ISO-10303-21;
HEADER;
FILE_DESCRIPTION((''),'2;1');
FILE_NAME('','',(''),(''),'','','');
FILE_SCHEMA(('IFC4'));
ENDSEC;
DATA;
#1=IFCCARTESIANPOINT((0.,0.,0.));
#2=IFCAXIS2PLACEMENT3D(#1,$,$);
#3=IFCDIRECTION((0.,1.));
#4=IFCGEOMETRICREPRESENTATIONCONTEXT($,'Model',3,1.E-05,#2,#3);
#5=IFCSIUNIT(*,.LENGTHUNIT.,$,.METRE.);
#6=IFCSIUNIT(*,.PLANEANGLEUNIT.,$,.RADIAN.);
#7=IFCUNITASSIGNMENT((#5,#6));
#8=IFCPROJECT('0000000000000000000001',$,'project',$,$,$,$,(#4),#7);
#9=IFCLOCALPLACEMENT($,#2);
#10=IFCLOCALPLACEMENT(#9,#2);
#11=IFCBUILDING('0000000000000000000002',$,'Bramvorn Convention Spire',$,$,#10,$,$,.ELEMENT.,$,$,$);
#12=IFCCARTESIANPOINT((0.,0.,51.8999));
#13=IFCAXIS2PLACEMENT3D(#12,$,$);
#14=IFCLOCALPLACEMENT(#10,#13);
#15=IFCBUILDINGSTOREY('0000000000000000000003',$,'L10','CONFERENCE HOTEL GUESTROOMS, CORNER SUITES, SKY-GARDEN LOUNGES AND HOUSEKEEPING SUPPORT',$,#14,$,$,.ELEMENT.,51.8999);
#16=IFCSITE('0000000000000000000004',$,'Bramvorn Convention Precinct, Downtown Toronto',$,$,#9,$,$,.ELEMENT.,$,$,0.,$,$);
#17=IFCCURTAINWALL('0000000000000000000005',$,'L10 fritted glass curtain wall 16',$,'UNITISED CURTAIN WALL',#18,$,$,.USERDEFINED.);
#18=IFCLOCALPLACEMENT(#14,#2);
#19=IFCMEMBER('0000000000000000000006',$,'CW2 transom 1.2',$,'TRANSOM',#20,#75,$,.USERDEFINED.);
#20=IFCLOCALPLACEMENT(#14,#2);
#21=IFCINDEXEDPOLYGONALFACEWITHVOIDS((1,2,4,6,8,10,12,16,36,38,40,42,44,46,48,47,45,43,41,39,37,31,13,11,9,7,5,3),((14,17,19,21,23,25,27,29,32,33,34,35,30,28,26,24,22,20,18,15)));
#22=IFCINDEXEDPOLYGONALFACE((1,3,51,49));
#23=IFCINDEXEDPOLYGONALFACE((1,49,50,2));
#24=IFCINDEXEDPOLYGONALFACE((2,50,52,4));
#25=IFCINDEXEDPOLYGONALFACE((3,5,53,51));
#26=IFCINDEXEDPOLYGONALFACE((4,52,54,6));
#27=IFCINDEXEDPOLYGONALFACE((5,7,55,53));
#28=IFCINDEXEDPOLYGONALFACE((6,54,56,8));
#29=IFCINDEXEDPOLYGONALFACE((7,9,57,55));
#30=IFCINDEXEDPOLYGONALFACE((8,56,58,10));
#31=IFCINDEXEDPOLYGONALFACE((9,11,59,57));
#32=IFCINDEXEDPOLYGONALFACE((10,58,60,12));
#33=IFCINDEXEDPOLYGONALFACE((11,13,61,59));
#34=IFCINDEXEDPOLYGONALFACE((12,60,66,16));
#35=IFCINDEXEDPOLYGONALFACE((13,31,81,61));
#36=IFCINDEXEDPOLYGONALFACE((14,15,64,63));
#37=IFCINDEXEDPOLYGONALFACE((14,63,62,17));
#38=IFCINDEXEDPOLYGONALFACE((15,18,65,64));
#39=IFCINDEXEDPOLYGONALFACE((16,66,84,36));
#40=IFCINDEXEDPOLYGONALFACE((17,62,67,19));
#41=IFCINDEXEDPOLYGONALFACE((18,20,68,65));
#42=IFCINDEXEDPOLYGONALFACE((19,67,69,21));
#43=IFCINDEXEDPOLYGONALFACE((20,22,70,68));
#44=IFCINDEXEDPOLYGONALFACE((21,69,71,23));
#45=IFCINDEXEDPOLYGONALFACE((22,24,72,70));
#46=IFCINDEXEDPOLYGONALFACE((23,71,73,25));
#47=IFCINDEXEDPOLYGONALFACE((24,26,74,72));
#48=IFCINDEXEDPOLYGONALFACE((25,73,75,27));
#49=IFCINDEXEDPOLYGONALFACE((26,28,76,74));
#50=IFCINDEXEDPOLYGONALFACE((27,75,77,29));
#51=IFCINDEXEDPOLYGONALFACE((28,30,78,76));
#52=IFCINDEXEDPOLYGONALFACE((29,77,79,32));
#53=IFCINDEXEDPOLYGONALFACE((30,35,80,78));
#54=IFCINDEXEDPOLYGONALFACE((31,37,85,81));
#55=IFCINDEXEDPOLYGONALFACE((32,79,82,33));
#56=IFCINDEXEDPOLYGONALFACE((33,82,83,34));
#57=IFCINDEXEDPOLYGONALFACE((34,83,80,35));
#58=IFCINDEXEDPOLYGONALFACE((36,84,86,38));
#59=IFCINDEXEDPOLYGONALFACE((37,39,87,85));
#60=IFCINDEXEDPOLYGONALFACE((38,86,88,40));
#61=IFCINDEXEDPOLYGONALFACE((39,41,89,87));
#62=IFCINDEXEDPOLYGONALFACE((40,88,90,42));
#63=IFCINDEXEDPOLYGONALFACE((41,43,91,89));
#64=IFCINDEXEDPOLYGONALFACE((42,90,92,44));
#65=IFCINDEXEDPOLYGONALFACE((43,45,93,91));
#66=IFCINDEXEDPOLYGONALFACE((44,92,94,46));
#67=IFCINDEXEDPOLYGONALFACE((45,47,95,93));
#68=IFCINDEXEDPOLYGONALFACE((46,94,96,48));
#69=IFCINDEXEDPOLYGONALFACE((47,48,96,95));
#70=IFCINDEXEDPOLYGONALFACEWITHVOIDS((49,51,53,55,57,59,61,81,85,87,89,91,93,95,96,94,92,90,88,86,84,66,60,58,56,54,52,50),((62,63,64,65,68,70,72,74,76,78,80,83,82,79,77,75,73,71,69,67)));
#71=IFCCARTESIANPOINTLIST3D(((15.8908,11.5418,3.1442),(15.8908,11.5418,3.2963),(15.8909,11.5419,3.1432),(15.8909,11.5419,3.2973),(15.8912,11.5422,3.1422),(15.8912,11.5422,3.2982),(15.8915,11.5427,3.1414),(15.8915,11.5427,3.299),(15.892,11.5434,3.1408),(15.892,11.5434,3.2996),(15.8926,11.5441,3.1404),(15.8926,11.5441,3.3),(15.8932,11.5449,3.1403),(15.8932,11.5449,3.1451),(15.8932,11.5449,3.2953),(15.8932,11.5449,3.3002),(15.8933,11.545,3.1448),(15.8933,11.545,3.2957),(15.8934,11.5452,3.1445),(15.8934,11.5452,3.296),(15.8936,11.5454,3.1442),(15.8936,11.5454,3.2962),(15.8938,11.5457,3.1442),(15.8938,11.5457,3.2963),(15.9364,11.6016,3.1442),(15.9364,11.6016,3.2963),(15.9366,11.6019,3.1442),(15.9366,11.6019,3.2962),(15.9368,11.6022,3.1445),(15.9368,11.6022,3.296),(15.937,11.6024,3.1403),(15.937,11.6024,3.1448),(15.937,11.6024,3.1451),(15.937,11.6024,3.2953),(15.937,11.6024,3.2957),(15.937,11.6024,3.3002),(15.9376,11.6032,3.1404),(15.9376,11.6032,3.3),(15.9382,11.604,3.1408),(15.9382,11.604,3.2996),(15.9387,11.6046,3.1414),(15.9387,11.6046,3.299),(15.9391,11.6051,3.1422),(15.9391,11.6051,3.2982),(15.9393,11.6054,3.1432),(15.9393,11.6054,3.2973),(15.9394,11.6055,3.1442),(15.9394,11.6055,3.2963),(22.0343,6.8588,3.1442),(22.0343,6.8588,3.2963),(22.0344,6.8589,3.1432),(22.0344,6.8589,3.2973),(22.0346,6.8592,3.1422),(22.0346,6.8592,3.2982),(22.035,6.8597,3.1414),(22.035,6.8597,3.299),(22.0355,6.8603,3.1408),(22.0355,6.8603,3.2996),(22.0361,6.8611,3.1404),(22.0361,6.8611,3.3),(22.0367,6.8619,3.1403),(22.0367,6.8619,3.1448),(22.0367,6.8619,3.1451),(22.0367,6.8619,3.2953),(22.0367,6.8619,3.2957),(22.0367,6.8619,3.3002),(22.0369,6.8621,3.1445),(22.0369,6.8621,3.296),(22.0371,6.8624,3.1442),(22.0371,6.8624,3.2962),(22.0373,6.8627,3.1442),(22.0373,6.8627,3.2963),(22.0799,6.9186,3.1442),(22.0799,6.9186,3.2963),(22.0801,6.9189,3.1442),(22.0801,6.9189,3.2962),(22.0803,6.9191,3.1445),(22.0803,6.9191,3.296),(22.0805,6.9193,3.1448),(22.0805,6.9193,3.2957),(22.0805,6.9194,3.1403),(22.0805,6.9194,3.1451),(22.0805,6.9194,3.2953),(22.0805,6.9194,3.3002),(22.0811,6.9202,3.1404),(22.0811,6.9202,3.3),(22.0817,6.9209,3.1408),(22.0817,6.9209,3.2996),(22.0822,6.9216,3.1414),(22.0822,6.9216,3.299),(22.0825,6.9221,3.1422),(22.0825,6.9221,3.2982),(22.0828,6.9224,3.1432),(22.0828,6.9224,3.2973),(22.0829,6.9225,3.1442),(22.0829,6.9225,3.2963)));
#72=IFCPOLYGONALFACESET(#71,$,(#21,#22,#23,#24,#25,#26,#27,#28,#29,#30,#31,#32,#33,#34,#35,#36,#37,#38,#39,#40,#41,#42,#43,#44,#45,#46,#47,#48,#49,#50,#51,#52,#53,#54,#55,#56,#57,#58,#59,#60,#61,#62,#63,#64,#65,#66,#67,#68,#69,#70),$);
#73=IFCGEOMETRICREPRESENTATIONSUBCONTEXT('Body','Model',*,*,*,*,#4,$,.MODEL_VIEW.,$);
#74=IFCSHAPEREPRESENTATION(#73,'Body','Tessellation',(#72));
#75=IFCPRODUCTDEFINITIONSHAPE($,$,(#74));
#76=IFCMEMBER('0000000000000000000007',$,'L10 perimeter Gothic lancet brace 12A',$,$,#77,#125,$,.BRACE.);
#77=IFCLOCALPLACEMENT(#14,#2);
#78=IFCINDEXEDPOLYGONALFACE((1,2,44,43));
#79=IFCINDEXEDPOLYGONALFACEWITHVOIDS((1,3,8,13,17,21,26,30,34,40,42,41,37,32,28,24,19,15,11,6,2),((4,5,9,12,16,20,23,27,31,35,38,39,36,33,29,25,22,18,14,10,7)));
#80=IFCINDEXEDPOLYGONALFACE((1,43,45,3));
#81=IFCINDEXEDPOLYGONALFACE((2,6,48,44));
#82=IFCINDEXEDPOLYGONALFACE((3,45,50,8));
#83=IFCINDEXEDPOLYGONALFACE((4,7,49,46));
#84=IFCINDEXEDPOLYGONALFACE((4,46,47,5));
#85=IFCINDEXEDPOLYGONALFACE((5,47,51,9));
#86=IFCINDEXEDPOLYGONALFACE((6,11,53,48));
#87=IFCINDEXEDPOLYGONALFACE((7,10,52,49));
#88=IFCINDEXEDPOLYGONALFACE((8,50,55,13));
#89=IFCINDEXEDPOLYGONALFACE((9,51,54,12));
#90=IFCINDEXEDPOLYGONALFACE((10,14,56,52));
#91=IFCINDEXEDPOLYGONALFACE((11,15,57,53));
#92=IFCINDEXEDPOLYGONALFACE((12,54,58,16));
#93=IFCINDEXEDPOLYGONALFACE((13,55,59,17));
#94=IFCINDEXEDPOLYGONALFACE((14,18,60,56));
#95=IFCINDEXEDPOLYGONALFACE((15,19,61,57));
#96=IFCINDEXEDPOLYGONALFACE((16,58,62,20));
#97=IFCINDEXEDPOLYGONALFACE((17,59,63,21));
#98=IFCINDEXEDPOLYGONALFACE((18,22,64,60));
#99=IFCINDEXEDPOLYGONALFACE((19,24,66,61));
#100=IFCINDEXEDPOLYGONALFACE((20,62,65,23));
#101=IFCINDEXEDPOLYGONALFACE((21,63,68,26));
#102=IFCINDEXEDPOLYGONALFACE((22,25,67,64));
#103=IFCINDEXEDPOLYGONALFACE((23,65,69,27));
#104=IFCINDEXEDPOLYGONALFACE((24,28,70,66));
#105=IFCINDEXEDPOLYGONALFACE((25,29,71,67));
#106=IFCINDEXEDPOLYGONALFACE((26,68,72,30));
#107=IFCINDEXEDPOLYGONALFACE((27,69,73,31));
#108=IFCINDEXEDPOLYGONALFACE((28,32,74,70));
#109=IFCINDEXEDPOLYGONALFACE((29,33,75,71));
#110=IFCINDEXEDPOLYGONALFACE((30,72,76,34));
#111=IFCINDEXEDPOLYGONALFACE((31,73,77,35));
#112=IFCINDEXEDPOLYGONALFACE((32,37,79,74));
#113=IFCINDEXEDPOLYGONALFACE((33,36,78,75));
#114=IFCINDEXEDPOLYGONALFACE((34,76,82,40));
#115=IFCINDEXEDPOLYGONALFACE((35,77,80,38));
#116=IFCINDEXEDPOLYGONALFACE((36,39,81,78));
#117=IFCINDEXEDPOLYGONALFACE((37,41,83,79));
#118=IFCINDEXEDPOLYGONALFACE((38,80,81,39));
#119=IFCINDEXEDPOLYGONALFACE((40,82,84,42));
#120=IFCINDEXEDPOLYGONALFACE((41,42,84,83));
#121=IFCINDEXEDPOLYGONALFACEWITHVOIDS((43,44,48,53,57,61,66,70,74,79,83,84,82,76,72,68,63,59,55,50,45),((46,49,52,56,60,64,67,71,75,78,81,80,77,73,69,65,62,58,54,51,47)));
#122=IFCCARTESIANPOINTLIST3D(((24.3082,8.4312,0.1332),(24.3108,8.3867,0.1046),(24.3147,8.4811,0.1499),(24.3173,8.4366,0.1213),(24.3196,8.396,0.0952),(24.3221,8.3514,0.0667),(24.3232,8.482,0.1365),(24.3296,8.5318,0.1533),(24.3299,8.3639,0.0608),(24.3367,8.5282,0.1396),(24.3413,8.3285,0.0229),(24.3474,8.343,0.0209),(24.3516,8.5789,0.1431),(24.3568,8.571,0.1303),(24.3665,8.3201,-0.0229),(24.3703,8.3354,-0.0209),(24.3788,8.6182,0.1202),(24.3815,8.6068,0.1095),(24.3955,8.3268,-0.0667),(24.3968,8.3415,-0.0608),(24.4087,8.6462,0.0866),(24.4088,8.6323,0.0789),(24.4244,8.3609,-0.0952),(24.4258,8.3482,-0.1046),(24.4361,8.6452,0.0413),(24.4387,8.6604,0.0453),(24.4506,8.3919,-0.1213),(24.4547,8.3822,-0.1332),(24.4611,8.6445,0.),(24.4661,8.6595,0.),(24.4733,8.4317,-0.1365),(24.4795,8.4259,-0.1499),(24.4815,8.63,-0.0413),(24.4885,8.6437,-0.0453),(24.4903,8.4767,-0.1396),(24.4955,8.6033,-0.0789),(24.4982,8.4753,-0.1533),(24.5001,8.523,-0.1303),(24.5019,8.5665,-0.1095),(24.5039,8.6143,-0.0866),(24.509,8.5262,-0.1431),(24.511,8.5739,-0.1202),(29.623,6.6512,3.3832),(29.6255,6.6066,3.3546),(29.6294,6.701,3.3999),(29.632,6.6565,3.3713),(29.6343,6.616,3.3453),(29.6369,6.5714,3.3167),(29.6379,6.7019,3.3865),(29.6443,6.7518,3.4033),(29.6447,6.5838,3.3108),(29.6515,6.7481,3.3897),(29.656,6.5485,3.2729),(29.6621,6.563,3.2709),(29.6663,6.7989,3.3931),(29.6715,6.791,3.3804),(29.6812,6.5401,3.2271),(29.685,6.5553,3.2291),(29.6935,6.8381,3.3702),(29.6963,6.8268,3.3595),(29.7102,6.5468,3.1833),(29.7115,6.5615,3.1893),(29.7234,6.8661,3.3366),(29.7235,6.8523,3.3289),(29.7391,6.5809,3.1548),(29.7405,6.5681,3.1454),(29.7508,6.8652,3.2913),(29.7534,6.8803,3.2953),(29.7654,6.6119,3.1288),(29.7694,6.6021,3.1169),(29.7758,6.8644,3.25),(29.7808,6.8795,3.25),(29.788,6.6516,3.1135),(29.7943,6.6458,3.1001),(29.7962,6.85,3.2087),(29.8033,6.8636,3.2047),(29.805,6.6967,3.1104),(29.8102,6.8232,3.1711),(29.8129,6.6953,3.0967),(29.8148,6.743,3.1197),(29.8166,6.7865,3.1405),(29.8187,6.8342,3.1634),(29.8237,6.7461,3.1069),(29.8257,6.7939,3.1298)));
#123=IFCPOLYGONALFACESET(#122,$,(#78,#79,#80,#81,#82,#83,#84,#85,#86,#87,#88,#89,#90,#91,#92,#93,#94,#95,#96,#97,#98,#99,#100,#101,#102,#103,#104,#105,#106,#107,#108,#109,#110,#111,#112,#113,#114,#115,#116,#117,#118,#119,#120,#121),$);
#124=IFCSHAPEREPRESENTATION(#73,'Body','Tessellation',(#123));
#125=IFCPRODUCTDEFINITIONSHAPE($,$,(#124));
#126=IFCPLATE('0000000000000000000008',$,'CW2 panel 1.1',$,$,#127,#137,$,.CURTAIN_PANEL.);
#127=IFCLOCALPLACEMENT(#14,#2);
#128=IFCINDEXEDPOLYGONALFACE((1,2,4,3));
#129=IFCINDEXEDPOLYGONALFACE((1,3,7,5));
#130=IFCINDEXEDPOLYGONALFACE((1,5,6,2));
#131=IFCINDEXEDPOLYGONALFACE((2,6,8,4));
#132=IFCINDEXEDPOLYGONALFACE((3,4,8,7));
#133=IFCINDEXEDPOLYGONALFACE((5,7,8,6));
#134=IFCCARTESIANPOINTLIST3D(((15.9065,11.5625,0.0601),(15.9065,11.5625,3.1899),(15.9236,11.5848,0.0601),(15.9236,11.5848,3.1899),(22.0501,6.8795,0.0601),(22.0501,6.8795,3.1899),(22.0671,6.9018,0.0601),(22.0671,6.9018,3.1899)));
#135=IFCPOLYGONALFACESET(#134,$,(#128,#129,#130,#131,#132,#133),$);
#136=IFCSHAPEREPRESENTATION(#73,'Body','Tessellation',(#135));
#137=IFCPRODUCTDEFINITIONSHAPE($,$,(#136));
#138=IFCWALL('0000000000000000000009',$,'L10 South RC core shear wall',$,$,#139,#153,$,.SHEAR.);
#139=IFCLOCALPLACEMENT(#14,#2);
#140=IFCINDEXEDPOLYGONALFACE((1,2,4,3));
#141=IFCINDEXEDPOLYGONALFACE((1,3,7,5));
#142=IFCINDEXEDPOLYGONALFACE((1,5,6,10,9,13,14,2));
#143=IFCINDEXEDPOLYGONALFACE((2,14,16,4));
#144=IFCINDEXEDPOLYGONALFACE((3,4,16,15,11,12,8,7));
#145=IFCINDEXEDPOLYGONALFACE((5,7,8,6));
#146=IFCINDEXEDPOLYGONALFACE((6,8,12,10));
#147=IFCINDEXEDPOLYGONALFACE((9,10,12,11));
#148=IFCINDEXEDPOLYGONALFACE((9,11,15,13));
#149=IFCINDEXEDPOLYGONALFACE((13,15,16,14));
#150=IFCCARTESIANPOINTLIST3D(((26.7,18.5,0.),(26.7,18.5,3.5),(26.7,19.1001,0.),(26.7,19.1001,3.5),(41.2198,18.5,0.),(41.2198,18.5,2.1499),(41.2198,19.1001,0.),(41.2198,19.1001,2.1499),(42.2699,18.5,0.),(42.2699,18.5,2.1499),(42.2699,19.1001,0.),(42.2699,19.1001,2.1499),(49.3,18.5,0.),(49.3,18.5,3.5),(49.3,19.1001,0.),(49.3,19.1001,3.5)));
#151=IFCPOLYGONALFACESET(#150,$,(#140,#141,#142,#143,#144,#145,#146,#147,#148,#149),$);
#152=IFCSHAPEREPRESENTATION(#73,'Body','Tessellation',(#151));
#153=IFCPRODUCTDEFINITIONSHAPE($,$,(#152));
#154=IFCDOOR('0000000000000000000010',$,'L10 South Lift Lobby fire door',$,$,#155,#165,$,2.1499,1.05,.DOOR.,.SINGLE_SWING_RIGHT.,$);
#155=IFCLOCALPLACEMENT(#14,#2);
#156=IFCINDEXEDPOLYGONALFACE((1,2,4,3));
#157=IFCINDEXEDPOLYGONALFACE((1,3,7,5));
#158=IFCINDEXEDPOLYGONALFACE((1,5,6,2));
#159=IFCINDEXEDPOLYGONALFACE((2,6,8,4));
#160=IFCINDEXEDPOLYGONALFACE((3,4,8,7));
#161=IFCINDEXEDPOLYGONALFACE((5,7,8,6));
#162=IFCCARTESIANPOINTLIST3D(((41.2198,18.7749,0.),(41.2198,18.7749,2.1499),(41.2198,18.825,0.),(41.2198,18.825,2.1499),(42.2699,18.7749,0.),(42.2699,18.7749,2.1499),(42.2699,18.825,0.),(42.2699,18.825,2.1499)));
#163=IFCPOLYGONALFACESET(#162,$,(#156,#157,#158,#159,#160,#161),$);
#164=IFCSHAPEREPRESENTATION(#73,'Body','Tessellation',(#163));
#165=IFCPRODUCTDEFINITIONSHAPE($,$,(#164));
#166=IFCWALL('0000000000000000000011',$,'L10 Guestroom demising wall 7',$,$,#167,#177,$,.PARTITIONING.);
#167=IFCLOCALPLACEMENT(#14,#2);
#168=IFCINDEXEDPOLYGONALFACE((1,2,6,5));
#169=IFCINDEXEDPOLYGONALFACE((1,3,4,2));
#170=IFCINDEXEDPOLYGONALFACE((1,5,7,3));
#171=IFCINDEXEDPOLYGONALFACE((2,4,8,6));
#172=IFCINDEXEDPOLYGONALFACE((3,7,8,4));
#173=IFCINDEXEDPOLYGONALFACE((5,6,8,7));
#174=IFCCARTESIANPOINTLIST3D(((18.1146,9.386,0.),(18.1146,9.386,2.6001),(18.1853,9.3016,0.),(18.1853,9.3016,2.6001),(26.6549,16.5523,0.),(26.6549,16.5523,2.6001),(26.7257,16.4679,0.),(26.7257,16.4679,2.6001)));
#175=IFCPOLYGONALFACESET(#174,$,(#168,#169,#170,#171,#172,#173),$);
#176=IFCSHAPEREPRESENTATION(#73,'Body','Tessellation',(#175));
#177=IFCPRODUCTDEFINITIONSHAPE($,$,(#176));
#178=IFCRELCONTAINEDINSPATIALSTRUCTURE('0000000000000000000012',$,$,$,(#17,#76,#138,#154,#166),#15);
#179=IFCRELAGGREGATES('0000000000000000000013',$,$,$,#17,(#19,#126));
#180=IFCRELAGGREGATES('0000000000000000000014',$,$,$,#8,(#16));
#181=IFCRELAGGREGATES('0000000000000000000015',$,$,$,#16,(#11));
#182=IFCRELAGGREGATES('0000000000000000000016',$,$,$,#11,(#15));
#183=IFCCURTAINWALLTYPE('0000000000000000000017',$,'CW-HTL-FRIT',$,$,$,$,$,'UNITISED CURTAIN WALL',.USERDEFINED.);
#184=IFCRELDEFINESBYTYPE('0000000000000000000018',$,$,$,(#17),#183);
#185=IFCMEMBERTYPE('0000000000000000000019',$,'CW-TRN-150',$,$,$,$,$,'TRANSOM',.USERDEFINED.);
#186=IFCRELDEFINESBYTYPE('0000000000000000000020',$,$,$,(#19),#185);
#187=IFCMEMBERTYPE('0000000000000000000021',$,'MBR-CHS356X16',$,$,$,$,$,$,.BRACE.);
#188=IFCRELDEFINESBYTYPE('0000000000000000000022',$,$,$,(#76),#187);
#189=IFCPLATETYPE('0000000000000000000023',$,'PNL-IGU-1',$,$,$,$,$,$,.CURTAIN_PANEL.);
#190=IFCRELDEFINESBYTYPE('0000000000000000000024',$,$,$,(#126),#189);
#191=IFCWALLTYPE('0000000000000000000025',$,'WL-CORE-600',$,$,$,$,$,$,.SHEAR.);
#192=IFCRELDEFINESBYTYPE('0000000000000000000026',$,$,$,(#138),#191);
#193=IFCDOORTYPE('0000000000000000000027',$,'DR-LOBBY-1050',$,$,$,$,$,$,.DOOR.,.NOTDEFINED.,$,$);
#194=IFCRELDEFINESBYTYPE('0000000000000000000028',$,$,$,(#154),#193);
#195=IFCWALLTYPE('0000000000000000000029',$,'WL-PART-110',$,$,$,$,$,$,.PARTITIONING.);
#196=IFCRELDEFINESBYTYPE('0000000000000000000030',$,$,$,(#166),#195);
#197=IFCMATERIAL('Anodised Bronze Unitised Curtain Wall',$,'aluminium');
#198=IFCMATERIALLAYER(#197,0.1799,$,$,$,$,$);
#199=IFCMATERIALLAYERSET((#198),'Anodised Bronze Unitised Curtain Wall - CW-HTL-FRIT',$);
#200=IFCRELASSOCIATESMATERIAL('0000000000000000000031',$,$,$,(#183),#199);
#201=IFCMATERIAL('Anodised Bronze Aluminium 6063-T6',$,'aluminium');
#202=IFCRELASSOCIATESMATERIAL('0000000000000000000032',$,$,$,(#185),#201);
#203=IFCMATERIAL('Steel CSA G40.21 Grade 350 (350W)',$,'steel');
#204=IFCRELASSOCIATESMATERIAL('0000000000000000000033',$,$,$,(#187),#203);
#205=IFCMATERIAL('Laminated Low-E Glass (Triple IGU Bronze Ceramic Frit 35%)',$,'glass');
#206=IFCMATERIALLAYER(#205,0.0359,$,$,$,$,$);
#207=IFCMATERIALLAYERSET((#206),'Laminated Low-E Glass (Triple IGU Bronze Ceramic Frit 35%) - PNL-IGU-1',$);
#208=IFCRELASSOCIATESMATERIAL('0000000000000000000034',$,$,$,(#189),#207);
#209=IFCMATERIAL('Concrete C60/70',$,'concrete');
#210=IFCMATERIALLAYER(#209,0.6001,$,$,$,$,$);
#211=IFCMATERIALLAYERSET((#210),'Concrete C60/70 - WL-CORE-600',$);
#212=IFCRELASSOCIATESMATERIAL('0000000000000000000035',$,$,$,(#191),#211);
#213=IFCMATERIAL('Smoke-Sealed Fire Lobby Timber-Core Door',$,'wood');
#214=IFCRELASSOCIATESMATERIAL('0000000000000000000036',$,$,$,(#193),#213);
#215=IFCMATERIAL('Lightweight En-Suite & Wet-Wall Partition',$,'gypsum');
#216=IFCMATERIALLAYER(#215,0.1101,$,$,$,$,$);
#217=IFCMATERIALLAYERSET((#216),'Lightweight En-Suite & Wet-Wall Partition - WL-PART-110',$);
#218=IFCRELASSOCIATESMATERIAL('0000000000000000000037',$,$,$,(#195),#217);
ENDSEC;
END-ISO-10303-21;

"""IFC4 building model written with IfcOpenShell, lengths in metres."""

from ifc_helpers import new_model, si_unit, direction, frame, frame_2d, origin, origin_2d, place, context, subcontext, project, spatial, rectangle, hollow_rectangle, hollow_circle, extrude, material, layer, layer_set, material_profile, profile_set, type_object, element, fill, aggregate, save


model = new_model("IFC4")

# Units and contexts
model_context = context("Model", 3, precision=1e-05, world=origin(), true_north=direction((0.0, 1.0)))
body_context = subcontext(model_context, "Body", "Model", "MODEL_VIEW")
ifc_project = project(units=[si_unit("LENGTHUNIT", "METRE"), si_unit("PLANEANGLEUNIT", "RADIAN")], contexts=[model_context])

# Site, building, storey
site_placement = place(None, origin())
site = spatial("IfcSite", under=ifc_project, at=site_placement, Name="Bramvorn Convention Precinct, Downtown Toronto", CompositionType="ELEMENT", RefElevation=0.0)
building_placement = place(site_placement, origin())
building = spatial("IfcBuilding", under=site, at=building_placement, Name="Bramvorn Convention Spire", CompositionType="ELEMENT")
storey_placement = place(building_placement, frame((0.0, 0.0, 51.8999)))
storey = spatial("IfcBuildingStorey", under=building, at=storey_placement, Name="L10", Description="CONFERENCE HOTEL GUESTROOMS, CORNER SUITES, SKY-GARDEN LOUNGES AND HOUSEKEEPING SUPPORT", CompositionType="ELEMENT", Elevation=51.8999)

# Shared definitions
ifc_material_1 = material(Name="Steel CSA G40.21 Grade 350 (350W)", Category="steel")

# Shared definitions
ifc_material_2 = material(Name="Anodised Bronze Unitised Curtain Wall", Category="aluminium")
ifc_layer_1 = layer(ifc_material_2, 0.1799)
ifc_layer_set_1 = layer_set([ifc_layer_1], Name="Anodised Bronze Unitised Curtain Wall - CW-HTL-FRIT")
curtain_wall_type = type_object("IfcCurtainWallType", Name="CW-HTL-FRIT", ElementType="UNITISED CURTAIN WALL", PredefinedType="USERDEFINED", material=ifc_layer_set_1)
ifc_material_3 = material(Name="Anodised Bronze Aluminium 6063-T6", Category="aluminium")

# Curtain wall
curtain_wall_1_placement = place(storey_placement, origin())
curtain_wall_1 = element("IfcCurtainWall", 1, at=curtain_wall_1_placement, inside=storey, type_object=curtain_wall_type, Name="L10 fritted glass curtain wall 16", ObjectType="UNITISED CURTAIN WALL", PredefinedType="USERDEFINED")

# Members
ifc_material_profile_1 = material_profile(ifc_material_3, hollow_rectangle(XDim=0.0801, YDim=0.1599, WallThickness=0.0039, InnerFilletRadius=0.001, OuterFilletRadius=0.0039, at=origin_2d()))
ifc_profile_set_1 = profile_set([ifc_material_profile_1], Name="Anodised Bronze Aluminium 6063-T6 - CWT80X160")
member_type_1 = type_object("IfcMemberType", Name="CW-TRN-150", ElementType="TRANSOM", PredefinedType="USERDEFINED", material=ifc_profile_set_1)
member_1_placement = place(storey_placement, frame((22.0586, 6.8906, 3.2202), z_axis=(-0.795288, 0.606232, 0.0), x_axis=(-0.606232, -0.795288, 0.0)))
member_1 = element("IfcMember", 2, at=member_1_placement, type_object=member_type_1, Name="CW2 transom 1.2", ObjectType="TRANSOM", PredefinedType="USERDEFINED", context=body_context, shape_type="SweptSolid", body=[
    extrude(hollow_rectangle(XDim=0.0801, YDim=0.1599, WallThickness=0.0039, InnerFilletRadius=0.001, OuterFilletRadius=0.0039, at=origin_2d()), origin(), (0.0, 0.0, 1.0), 7.7249),
])
ifc_material_profile_2 = material_profile(ifc_material_1, hollow_circle(Radius=0.1777, WallThickness=0.0159, at=origin_2d()))
ifc_profile_set_2 = profile_set([ifc_material_profile_2], Name="Steel CSA G40.21 Grade 350 (350W) - CHS356X16")
member_type_2 = type_object("IfcMemberType", Name="MBR-CHS356X16", PredefinedType="BRACE", material=ifc_profile_set_2)
member_2_placement = place(storey_placement, frame((24.4097, 8.491, 0.0), z_axis=(0.8203, -0.27474, 0.501623), x_axis=(0.317586, 0.948229, 0.0)))
element("IfcMember", 3, at=member_2_placement, inside=storey, type_object=member_type_2, Name="L10 perimeter Gothic lancet brace 12A", PredefinedType="BRACE", context=body_context, shape_type="SweptSolid", body=[
    extrude(hollow_circle(Radius=0.1777, WallThickness=0.0159, at=origin_2d()), origin(), (0.0, 0.0, 1.0), 6.479),
])

# Plate
ifc_material_4 = material(Name="Laminated Low-E Glass (Triple IGU Bronze Ceramic Frit 35%)", Category="glass")
ifc_layer_2 = layer(ifc_material_4, 0.0359)
ifc_layer_set_2 = layer_set([ifc_layer_2], Name="Laminated Low-E Glass (Triple IGU Bronze Ceramic Frit 35%) - PNL-IGU-1")
plate_type = type_object("IfcPlateType", Name="PNL-IGU-1", PredefinedType="CURTAIN_PANEL", material=ifc_layer_set_2)
plate_placement = place(storey_placement, frame((18.9868, 9.2322, 0.0601), z_axis=(0.0, 0.0, 1.0), x_axis=(-0.795292, 0.606227, 0.0)))
plate = element("IfcPlate", 4, at=plate_placement, type_object=plate_type, Name="CW2 panel 1.1", PredefinedType="CURTAIN_PANEL", context=body_context, shape_type="SweptSolid", body=[
    extrude(rectangle(XDim=7.7249, YDim=0.0281, at=origin_2d()), origin(), (0.0, 0.0, 1.0), 3.1299),
])
aggregate(curtain_wall_1, [member_1, plate])

# Wall, opening, door
ifc_material_5 = material(Name="Concrete C60/70", Category="concrete")
ifc_layer_3 = layer(ifc_material_5, 0.6001)
ifc_layer_set_3 = layer_set([ifc_layer_3], Name="Concrete C60/70 - WL-CORE-600")
wall_type_1 = type_object("IfcWallType", Name="WL-CORE-600", PredefinedType="SHEAR", material=ifc_layer_set_3)
wall_1_placement = place(storey_placement, frame((26.7, 18.8, 0.0), z_axis=(0.0, 0.0, 1.0), x_axis=(1.0, 0.0, 0.0)))
wall_1 = element("IfcWall", 5, at=wall_1_placement, inside=storey, type_object=wall_type_1, Name="L10 South RC core shear wall", PredefinedType="SHEAR", context=body_context, shape_type="SweptSolid", body=[
    extrude(rectangle(XDim=22.6001, YDim=0.6001, at=frame_2d((11.3, 0.0))), origin(), (0.0, 0.0, 1.0), 3.5),
])
opening_1_placement = place(wall_1_placement, frame((14.52, 0.0, 0.0)))
opening_1 = element("IfcOpeningElement", 6, at=opening_1_placement, cuts=wall_1, PredefinedType="OPENING", context=body_context, shape_type="SweptSolid", body=[
    extrude(rectangle(XDim=1.05, YDim=2.1499, at=frame_2d((0.5249, 1.075))), frame((0.0, 0.3101, 0.0), z_axis=(0.0, -1.0, 0.0), x_axis=(1.0, 0.0, 0.0)), (0.0, 0.0, 1.0), 0.6201),
])
ifc_material_6 = material(Name="Smoke-Sealed Fire Lobby Timber-Core Door", Category="wood")
door_type_1 = type_object("IfcDoorType", Name="DR-LOBBY-1050", OperationType="NOTDEFINED", PredefinedType="DOOR", material=ifc_material_6)
door_1_placement = place(opening_1_placement, origin())
door_1 = element("IfcDoor", 7, at=door_1_placement, inside=storey, type_object=door_type_1, Name="L10 South Lift Lobby fire door", OperationType="SINGLE_SWING_RIGHT", OverallHeight=2.1499, OverallWidth=1.05, PredefinedType="DOOR", context=body_context, shape_type="SweptSolid", body=[
    extrude(rectangle(XDim=1.05, YDim=2.1499, at=frame_2d((0.5249, 1.075))), frame((0.0, 0.0249, 0.0), z_axis=(0.0, -1.0, 0.0), x_axis=(1.0, 0.0, 0.0)), (0.0, 0.0, 1.0), 0.05),
])
fill(opening_1, door_1)

# Wall
ifc_material_7 = material(Name="Lightweight En-Suite & Wet-Wall Partition", Category="gypsum")
ifc_layer_4 = layer(ifc_material_7, 0.1101)
ifc_layer_set_4 = layer_set([ifc_layer_4], Name="Lightweight En-Suite & Wet-Wall Partition - WL-PART-110")
wall_type_2 = type_object("IfcWallType", Name="WL-PART-110", PredefinedType="PARTITIONING", material=ifc_layer_set_4)
wall_2_placement = place(storey_placement, frame((26.6902, 16.51, 0.0), z_axis=(0.0, 0.0, 1.0), x_axis=(-0.76604, -0.642793, 0.0)))
element("IfcWall", 8, at=wall_2_placement, inside=storey, type_object=wall_type_2, Name="L10 Guestroom demising wall 7", PredefinedType="PARTITIONING", context=body_context, shape_type="SweptSolid", body=[
    extrude(rectangle(XDim=11.1487, YDim=0.1101, at=frame_2d((5.5742, 0.0))), origin(), (0.0, 0.0, 1.0), 2.6001),
])

save(model, "model.ifc")
